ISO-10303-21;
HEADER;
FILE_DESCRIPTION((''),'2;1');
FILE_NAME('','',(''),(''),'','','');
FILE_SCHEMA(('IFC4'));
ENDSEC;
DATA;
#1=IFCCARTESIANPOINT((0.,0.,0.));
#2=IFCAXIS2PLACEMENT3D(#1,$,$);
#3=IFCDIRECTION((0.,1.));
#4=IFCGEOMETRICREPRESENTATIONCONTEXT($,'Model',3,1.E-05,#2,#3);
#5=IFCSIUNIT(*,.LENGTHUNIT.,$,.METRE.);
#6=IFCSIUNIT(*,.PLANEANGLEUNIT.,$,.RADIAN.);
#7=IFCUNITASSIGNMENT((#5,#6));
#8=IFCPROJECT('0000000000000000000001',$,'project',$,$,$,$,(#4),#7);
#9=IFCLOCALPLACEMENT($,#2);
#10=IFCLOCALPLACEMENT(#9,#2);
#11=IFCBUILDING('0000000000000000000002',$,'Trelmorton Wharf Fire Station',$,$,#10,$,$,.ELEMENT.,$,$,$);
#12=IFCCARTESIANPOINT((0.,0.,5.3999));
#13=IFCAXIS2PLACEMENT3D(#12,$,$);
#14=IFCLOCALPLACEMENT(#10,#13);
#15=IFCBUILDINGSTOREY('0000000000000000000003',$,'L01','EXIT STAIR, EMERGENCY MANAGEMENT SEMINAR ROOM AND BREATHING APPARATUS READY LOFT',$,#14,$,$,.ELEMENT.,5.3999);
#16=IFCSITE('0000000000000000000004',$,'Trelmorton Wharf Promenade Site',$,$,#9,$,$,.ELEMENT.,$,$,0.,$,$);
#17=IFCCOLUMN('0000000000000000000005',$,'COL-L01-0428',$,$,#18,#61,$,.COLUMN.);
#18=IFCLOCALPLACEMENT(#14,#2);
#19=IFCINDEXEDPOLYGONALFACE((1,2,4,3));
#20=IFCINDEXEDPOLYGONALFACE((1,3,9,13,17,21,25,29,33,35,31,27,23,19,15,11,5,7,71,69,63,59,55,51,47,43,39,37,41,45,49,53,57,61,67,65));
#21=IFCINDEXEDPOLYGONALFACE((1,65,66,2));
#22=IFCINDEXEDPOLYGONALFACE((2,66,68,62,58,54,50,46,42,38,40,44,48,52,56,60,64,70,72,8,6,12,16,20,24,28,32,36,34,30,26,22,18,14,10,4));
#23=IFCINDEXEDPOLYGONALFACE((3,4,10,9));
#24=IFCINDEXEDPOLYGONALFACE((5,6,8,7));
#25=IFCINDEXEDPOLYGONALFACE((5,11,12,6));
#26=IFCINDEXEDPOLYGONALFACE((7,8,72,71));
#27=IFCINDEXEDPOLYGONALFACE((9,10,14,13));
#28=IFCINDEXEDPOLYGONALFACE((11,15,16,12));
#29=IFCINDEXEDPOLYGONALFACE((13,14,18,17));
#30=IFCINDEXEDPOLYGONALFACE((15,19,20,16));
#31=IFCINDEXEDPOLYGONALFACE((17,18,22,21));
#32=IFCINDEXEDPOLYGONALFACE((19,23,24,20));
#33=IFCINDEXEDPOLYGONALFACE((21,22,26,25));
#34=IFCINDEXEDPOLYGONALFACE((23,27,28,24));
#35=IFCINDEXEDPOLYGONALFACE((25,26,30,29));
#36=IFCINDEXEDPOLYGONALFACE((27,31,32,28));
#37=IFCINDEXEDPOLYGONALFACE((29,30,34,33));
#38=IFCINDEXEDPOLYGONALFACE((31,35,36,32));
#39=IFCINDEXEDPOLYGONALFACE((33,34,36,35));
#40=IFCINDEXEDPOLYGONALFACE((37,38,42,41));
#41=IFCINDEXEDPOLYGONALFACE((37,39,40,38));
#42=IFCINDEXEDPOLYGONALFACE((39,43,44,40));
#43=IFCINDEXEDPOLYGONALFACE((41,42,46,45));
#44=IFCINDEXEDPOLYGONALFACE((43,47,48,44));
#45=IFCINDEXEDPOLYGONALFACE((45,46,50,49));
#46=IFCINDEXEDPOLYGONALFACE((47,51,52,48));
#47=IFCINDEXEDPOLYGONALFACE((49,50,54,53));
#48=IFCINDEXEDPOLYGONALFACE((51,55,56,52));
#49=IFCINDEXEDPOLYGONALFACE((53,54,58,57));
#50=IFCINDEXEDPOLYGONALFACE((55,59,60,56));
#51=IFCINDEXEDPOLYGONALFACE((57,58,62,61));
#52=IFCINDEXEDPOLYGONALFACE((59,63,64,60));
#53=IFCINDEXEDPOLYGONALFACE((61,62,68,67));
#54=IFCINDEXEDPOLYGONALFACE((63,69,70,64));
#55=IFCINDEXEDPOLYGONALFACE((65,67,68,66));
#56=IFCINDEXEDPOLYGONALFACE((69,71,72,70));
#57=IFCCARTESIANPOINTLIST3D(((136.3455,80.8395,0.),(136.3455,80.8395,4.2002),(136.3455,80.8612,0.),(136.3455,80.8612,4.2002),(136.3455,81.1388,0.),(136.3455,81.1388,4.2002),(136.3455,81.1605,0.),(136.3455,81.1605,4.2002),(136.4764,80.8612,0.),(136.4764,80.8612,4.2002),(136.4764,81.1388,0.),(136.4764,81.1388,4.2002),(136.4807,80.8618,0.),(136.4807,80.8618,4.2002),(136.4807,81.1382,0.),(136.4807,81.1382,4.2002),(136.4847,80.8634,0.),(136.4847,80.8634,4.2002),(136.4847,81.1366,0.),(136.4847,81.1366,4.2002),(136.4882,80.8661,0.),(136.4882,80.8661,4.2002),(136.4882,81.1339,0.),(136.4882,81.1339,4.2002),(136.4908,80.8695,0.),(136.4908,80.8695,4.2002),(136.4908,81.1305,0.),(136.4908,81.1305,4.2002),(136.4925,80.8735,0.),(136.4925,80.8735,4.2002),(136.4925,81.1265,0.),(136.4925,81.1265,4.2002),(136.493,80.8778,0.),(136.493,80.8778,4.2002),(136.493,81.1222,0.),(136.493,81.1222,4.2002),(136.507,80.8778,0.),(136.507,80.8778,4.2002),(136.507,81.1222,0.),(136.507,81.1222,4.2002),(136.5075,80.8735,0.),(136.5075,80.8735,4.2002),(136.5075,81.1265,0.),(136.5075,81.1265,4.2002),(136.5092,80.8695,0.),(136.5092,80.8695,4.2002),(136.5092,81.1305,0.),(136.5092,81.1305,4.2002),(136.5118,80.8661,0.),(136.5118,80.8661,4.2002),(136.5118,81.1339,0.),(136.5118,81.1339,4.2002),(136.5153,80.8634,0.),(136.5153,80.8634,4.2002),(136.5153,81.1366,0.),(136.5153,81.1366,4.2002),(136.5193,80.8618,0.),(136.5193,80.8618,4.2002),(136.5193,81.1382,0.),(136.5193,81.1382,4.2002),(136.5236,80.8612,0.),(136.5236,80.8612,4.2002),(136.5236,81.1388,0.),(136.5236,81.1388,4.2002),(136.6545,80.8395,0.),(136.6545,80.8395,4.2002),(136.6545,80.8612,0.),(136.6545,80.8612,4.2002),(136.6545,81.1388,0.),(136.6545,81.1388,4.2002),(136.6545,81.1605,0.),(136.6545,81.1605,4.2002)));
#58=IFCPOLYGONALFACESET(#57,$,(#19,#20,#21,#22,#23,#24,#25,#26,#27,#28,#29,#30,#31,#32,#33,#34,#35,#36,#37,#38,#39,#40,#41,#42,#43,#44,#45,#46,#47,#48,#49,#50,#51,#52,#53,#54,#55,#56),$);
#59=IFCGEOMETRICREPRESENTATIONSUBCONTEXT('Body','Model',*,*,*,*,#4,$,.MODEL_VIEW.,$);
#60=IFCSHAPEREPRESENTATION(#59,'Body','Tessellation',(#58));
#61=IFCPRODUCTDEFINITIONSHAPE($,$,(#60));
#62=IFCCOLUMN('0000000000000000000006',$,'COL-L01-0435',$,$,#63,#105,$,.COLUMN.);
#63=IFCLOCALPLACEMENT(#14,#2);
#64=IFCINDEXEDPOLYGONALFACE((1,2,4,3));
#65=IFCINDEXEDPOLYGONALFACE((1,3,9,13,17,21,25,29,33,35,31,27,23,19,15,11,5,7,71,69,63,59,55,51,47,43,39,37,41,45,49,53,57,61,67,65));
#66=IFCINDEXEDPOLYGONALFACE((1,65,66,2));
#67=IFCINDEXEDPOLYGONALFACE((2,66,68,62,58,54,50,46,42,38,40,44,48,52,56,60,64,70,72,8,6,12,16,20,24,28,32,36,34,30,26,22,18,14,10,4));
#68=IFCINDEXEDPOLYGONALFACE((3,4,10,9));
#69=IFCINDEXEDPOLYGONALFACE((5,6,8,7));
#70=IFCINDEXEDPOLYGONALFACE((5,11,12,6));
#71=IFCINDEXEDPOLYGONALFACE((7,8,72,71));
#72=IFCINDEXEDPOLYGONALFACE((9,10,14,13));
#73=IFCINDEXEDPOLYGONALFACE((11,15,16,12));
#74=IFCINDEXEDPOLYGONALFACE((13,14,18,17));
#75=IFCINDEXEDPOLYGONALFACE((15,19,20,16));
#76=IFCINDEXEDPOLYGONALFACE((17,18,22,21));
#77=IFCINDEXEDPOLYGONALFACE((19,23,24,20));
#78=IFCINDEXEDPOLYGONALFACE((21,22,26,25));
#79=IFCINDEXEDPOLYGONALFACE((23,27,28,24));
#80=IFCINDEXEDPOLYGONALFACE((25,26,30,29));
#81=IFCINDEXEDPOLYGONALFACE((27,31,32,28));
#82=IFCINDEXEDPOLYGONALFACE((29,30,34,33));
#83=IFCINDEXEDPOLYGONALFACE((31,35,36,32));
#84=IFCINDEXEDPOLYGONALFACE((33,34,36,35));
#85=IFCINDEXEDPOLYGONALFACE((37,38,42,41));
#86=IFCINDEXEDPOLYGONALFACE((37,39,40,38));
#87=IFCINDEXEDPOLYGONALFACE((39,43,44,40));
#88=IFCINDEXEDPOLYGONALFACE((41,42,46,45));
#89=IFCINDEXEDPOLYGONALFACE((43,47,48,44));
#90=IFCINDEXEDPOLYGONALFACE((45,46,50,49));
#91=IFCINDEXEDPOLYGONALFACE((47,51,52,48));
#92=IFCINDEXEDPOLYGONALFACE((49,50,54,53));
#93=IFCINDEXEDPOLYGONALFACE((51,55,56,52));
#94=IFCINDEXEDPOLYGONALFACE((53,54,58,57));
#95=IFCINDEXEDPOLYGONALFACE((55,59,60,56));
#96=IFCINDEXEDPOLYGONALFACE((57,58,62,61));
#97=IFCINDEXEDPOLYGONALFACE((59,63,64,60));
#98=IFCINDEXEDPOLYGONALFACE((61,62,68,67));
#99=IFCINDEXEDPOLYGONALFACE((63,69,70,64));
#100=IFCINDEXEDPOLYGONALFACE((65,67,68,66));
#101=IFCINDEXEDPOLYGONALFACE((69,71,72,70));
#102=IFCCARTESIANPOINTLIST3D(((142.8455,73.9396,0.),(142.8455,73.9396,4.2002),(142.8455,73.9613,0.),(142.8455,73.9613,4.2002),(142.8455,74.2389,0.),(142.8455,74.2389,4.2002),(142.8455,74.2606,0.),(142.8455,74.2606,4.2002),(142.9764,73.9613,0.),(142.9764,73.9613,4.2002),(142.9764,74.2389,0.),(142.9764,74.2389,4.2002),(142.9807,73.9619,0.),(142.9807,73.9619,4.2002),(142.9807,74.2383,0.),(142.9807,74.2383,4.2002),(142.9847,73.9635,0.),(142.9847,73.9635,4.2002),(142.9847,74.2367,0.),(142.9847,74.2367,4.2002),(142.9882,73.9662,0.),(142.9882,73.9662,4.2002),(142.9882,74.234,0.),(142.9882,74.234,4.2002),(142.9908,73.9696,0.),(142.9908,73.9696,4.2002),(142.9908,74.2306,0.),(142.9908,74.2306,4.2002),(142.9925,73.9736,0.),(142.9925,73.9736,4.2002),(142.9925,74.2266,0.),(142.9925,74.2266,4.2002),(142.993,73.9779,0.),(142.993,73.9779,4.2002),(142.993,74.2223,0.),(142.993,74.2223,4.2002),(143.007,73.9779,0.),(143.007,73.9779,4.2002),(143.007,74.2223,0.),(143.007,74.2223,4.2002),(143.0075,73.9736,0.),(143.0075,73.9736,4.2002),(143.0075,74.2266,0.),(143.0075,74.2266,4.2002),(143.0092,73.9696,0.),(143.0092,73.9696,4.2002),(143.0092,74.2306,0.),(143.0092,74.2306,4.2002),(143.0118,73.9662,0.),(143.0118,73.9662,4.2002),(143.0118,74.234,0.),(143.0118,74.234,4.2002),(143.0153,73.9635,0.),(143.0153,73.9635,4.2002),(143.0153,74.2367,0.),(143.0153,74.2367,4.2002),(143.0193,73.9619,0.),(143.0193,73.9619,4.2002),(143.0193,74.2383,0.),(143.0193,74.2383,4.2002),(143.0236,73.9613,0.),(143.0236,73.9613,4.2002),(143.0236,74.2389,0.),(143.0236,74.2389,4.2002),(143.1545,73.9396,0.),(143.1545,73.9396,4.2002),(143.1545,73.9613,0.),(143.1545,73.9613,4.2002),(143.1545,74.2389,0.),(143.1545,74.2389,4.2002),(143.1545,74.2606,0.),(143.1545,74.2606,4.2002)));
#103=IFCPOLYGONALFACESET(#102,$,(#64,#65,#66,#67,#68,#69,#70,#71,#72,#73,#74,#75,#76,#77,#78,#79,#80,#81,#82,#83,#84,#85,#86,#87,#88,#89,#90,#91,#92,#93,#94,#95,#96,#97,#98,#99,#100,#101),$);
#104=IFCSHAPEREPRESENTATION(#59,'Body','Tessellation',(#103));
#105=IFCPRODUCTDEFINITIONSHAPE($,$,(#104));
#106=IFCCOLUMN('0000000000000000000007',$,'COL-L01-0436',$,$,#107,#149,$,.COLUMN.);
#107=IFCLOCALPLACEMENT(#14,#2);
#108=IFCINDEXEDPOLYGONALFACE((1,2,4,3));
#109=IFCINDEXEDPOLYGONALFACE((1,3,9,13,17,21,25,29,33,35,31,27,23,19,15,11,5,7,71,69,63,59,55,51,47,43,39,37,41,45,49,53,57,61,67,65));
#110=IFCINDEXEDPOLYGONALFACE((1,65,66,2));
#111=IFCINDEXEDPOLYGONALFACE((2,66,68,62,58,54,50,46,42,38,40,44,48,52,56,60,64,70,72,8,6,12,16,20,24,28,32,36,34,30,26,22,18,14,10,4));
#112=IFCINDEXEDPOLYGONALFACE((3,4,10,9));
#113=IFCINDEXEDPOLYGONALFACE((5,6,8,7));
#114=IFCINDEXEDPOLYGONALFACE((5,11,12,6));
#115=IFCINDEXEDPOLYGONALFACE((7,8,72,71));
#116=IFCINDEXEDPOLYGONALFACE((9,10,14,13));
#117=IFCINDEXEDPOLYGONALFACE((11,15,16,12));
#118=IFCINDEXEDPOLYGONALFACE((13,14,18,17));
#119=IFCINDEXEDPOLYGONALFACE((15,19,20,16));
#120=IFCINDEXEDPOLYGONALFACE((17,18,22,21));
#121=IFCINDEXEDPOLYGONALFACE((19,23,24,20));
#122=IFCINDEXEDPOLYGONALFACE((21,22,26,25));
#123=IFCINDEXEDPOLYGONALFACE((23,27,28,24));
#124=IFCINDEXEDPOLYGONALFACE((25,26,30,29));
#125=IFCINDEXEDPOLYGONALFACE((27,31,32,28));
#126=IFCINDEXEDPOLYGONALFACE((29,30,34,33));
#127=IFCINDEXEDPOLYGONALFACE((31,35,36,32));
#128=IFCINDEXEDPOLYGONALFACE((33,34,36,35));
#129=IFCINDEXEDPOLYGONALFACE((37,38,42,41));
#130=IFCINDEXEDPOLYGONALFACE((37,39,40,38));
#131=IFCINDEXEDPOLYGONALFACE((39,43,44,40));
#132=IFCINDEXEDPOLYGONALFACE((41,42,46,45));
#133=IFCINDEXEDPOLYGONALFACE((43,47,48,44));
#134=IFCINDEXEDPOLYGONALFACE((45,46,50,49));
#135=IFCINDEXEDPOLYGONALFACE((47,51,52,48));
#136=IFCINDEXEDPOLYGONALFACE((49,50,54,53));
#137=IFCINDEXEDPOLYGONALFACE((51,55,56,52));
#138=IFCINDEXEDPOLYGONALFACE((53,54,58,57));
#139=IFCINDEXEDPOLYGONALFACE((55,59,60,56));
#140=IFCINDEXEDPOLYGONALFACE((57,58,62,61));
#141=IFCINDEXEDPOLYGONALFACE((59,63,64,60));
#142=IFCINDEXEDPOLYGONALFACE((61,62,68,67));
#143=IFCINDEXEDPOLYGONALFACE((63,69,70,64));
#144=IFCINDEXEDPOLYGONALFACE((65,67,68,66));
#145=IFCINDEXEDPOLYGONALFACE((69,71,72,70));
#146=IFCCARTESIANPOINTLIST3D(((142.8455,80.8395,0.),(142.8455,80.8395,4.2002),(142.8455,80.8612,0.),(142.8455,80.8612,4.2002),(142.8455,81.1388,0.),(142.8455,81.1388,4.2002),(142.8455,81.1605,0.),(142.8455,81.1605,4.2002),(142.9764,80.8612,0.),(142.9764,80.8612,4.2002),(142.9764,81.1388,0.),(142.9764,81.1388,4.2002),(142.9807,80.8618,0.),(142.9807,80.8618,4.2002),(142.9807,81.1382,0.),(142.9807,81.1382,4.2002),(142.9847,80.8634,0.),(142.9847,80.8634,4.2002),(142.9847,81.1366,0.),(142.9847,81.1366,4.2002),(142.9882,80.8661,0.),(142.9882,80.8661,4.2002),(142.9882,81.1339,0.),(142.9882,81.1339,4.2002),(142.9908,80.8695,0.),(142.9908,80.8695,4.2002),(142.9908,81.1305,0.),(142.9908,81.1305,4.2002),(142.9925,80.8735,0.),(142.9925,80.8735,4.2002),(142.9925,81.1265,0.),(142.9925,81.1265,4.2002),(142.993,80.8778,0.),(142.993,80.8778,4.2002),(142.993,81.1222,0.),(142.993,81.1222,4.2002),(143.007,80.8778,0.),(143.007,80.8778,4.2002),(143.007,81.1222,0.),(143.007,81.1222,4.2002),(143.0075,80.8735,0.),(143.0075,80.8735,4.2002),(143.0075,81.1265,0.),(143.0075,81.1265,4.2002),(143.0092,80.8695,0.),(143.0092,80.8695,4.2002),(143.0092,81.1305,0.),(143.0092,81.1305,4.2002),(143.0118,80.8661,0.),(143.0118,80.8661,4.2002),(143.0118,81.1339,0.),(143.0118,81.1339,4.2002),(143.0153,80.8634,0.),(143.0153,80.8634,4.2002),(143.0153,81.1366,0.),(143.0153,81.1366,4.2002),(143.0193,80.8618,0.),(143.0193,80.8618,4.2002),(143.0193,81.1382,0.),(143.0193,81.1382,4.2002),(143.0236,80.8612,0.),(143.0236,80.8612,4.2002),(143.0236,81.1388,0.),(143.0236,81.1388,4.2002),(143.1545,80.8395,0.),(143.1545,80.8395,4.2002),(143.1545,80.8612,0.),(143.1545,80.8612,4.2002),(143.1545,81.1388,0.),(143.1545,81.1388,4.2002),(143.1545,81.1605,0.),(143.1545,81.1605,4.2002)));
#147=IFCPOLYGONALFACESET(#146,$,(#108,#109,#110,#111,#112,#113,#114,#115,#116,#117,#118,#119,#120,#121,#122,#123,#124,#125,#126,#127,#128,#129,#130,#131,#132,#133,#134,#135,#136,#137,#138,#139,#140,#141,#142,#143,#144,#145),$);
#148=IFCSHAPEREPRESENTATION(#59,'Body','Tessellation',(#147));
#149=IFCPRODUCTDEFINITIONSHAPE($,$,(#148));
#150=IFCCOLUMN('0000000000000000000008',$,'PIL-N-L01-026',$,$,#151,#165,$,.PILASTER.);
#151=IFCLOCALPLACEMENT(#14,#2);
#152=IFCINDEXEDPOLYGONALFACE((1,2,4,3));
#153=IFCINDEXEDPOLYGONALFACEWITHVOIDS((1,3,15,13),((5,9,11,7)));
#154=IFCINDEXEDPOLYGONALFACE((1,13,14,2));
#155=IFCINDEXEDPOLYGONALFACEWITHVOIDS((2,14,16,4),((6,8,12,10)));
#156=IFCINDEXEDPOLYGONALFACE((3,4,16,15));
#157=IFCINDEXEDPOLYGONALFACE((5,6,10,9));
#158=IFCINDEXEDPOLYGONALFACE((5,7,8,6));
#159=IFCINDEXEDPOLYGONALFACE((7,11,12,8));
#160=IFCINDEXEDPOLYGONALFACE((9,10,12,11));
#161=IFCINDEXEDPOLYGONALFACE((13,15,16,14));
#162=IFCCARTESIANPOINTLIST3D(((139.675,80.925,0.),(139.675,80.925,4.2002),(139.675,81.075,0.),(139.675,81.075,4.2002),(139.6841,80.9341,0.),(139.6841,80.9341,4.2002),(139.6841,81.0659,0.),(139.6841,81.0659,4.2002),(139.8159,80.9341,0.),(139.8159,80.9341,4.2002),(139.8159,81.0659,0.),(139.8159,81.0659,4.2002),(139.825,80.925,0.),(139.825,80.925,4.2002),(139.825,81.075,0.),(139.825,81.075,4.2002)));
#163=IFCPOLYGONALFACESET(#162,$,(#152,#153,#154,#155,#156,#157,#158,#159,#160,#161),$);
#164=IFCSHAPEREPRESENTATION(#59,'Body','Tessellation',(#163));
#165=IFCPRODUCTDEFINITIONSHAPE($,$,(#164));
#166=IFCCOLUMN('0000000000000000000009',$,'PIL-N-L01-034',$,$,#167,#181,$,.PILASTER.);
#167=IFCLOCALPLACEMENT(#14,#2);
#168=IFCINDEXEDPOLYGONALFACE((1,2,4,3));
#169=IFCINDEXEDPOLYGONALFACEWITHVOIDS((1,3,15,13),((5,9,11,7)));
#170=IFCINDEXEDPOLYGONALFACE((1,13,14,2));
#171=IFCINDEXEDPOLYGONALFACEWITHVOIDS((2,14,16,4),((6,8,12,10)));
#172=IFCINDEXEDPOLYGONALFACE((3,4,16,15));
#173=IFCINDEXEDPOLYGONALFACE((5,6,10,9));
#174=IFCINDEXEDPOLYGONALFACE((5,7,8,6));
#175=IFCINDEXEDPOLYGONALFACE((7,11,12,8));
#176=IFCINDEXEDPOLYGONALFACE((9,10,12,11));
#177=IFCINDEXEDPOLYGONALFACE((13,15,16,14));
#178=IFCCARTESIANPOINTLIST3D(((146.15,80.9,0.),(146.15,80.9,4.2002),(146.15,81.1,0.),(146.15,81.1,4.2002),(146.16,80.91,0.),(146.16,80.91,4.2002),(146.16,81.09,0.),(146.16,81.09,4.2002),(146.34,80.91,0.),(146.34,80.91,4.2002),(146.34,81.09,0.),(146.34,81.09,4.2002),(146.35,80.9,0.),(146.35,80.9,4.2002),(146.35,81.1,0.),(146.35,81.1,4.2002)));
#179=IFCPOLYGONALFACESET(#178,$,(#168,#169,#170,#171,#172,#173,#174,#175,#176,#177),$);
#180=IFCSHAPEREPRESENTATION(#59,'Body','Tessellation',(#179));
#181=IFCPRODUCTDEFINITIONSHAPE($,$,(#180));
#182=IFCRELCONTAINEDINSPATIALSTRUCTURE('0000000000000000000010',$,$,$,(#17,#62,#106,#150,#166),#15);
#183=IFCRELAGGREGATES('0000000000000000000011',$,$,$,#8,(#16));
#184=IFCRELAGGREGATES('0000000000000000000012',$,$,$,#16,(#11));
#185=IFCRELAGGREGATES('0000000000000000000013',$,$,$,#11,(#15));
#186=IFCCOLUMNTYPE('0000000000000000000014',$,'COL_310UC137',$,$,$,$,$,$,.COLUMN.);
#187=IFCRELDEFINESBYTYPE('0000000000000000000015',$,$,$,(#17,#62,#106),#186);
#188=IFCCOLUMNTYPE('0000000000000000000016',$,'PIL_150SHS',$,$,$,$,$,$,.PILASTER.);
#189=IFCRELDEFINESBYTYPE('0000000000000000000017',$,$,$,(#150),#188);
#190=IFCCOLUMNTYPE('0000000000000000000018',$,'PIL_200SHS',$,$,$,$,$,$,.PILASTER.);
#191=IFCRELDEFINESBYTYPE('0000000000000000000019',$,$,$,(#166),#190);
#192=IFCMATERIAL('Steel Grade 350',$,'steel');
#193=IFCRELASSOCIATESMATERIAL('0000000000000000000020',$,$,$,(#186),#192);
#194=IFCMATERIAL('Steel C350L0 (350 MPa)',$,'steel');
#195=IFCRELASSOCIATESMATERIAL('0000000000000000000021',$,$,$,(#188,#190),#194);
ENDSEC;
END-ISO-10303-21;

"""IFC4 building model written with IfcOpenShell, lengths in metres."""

from ifc_helpers import new_model, si_unit, direction, frame, origin, origin_2d, place, context, subcontext, project, spatial, hollow_rectangle, i_section, extrude, material, material_profile, profile_set, type_object, element, save


model = new_model("IFC4")

# Units and contexts
model_context = context("Model", 3, precision=1e-05, world=origin(), true_north=direction((0.0, 1.0)))
body_context = subcontext(model_context, "Body", "Model", "MODEL_VIEW")
ifc_project = project(units=[si_unit("LENGTHUNIT", "METRE"), si_unit("PLANEANGLEUNIT", "RADIAN")], contexts=[model_context])

# Site, building, storey
site_placement = place(None, origin())
site = spatial("IfcSite", under=ifc_project, at=site_placement, Name="Trelmorton Wharf Promenade Site", CompositionType="ELEMENT", RefElevation=0.0)
building_placement = place(site_placement, origin())
building = spatial("IfcBuilding", under=site, at=building_placement, Name="Trelmorton Wharf Fire Station", CompositionType="ELEMENT")
storey_placement = place(building_placement, frame((0.0, 0.0, 5.3999)))
storey = spatial("IfcBuildingStorey", under=building, at=storey_placement, Name="L01", Description="EXIT STAIR, EMERGENCY MANAGEMENT SEMINAR ROOM AND BREATHING APPARATUS READY LOFT", CompositionType="ELEMENT", Elevation=5.3999)

# Columns
ifc_material_1 = material(Name="Steel Grade 350", Category="steel")
ifc_material_profile_1 = material_profile(ifc_material_1, i_section(OverallWidth=0.3091, OverallDepth=0.321, WebThickness=0.0139, FlangeThickness=0.0217, FilletRadius=0.0166, at=origin_2d()), Name="310UC137")
ifc_profile_set_1 = profile_set([ifc_material_profile_1], Name="Steel Grade 350")
column_type_1 = type_object("IfcColumnType", Name="COL_310UC137", PredefinedType="COLUMN", material=ifc_profile_set_1)
for number, where, z_axis, x_axis, name in (
    (1, (136.5, 81.0, 0.0), (0.0, 0.0, 1.0), (1.0, 0.0, 0.0), "COL-L01-0428"),
    (2, (143.0, 74.1001, 0.0), (0.0, 0.0, 1.0), (1.0, 0.0, 0.0), "COL-L01-0435"),
    (3, (143.0, 81.0, 0.0), (0.0, 0.0, 1.0), (1.0, 0.0, 0.0), "COL-L01-0436"),
):
    element("IfcColumn", number, at=place(storey_placement, frame(where, z_axis=z_axis, x_axis=x_axis)), inside=storey, type_object=column_type_1, Name=name, PredefinedType="COLUMN", context=body_context, shape_type="SweptSolid", body=[
        extrude(i_section(OverallWidth=0.3091, OverallDepth=0.321, WebThickness=0.0139, FlangeThickness=0.0217, FilletRadius=0.0166, at=origin_2d()), origin(), (0.0, 0.0, 1.0), 4.2002),
    ])
ifc_material_2 = material(Name="Steel C350L0 (350 MPa)", Category="steel")
ifc_material_profile_2 = material_profile(ifc_material_2, hollow_rectangle(XDim=0.1499, YDim=0.1499, WallThickness=0.009, at=origin_2d()), Name="150x150x9.0SHS")
ifc_profile_set_2 = profile_set([ifc_material_profile_2], Name="Steel C350L0 (350 MPa)")
column_type_2 = type_object("IfcColumnType", Name="PIL_150SHS", PredefinedType="PILASTER", material=ifc_profile_set_2)
column_1_placement = place(storey_placement, frame((139.75, 81.0, 0.0), z_axis=(0.0, 0.0, 1.0), x_axis=(1.0, 0.0, 0.0)))
element("IfcColumn", 4, at=column_1_placement, inside=storey, type_object=column_type_2, Name="PIL-N-L01-026", PredefinedType="PILASTER", context=body_context, shape_type="SweptSolid", body=[
    extrude(hollow_rectangle(XDim=0.1499, YDim=0.1499, WallThickness=0.009, at=origin_2d()), origin(), (0.0, 0.0, 1.0), 4.2002),
])
ifc_material_profile_3 = material_profile(ifc_material_2, hollow_rectangle(XDim=0.2, YDim=0.2, WallThickness=0.01, at=origin_2d()), Name="200x200x10.0SHS")
ifc_profile_set_3 = profile_set([ifc_material_profile_3], Name="Steel C350L0 (350 MPa)")
column_type_3 = type_object("IfcColumnType", Name="PIL_200SHS", PredefinedType="PILASTER", material=ifc_profile_set_3)
column_2_placement = place(storey_placement, frame((146.25, 81.0, 0.0), z_axis=(0.0, 0.0, 1.0), x_axis=(1.0, 0.0, 0.0)))
element("IfcColumn", 5, at=column_2_placement, inside=storey, type_object=column_type_3, Name="PIL-N-L01-034", PredefinedType="PILASTER", context=body_context, shape_type="SweptSolid", body=[
    extrude(hollow_rectangle(XDim=0.2, YDim=0.2, WallThickness=0.01, at=origin_2d()), origin(), (0.0, 0.0, 1.0), 4.2002),
])

save(model, "model.ifc")
